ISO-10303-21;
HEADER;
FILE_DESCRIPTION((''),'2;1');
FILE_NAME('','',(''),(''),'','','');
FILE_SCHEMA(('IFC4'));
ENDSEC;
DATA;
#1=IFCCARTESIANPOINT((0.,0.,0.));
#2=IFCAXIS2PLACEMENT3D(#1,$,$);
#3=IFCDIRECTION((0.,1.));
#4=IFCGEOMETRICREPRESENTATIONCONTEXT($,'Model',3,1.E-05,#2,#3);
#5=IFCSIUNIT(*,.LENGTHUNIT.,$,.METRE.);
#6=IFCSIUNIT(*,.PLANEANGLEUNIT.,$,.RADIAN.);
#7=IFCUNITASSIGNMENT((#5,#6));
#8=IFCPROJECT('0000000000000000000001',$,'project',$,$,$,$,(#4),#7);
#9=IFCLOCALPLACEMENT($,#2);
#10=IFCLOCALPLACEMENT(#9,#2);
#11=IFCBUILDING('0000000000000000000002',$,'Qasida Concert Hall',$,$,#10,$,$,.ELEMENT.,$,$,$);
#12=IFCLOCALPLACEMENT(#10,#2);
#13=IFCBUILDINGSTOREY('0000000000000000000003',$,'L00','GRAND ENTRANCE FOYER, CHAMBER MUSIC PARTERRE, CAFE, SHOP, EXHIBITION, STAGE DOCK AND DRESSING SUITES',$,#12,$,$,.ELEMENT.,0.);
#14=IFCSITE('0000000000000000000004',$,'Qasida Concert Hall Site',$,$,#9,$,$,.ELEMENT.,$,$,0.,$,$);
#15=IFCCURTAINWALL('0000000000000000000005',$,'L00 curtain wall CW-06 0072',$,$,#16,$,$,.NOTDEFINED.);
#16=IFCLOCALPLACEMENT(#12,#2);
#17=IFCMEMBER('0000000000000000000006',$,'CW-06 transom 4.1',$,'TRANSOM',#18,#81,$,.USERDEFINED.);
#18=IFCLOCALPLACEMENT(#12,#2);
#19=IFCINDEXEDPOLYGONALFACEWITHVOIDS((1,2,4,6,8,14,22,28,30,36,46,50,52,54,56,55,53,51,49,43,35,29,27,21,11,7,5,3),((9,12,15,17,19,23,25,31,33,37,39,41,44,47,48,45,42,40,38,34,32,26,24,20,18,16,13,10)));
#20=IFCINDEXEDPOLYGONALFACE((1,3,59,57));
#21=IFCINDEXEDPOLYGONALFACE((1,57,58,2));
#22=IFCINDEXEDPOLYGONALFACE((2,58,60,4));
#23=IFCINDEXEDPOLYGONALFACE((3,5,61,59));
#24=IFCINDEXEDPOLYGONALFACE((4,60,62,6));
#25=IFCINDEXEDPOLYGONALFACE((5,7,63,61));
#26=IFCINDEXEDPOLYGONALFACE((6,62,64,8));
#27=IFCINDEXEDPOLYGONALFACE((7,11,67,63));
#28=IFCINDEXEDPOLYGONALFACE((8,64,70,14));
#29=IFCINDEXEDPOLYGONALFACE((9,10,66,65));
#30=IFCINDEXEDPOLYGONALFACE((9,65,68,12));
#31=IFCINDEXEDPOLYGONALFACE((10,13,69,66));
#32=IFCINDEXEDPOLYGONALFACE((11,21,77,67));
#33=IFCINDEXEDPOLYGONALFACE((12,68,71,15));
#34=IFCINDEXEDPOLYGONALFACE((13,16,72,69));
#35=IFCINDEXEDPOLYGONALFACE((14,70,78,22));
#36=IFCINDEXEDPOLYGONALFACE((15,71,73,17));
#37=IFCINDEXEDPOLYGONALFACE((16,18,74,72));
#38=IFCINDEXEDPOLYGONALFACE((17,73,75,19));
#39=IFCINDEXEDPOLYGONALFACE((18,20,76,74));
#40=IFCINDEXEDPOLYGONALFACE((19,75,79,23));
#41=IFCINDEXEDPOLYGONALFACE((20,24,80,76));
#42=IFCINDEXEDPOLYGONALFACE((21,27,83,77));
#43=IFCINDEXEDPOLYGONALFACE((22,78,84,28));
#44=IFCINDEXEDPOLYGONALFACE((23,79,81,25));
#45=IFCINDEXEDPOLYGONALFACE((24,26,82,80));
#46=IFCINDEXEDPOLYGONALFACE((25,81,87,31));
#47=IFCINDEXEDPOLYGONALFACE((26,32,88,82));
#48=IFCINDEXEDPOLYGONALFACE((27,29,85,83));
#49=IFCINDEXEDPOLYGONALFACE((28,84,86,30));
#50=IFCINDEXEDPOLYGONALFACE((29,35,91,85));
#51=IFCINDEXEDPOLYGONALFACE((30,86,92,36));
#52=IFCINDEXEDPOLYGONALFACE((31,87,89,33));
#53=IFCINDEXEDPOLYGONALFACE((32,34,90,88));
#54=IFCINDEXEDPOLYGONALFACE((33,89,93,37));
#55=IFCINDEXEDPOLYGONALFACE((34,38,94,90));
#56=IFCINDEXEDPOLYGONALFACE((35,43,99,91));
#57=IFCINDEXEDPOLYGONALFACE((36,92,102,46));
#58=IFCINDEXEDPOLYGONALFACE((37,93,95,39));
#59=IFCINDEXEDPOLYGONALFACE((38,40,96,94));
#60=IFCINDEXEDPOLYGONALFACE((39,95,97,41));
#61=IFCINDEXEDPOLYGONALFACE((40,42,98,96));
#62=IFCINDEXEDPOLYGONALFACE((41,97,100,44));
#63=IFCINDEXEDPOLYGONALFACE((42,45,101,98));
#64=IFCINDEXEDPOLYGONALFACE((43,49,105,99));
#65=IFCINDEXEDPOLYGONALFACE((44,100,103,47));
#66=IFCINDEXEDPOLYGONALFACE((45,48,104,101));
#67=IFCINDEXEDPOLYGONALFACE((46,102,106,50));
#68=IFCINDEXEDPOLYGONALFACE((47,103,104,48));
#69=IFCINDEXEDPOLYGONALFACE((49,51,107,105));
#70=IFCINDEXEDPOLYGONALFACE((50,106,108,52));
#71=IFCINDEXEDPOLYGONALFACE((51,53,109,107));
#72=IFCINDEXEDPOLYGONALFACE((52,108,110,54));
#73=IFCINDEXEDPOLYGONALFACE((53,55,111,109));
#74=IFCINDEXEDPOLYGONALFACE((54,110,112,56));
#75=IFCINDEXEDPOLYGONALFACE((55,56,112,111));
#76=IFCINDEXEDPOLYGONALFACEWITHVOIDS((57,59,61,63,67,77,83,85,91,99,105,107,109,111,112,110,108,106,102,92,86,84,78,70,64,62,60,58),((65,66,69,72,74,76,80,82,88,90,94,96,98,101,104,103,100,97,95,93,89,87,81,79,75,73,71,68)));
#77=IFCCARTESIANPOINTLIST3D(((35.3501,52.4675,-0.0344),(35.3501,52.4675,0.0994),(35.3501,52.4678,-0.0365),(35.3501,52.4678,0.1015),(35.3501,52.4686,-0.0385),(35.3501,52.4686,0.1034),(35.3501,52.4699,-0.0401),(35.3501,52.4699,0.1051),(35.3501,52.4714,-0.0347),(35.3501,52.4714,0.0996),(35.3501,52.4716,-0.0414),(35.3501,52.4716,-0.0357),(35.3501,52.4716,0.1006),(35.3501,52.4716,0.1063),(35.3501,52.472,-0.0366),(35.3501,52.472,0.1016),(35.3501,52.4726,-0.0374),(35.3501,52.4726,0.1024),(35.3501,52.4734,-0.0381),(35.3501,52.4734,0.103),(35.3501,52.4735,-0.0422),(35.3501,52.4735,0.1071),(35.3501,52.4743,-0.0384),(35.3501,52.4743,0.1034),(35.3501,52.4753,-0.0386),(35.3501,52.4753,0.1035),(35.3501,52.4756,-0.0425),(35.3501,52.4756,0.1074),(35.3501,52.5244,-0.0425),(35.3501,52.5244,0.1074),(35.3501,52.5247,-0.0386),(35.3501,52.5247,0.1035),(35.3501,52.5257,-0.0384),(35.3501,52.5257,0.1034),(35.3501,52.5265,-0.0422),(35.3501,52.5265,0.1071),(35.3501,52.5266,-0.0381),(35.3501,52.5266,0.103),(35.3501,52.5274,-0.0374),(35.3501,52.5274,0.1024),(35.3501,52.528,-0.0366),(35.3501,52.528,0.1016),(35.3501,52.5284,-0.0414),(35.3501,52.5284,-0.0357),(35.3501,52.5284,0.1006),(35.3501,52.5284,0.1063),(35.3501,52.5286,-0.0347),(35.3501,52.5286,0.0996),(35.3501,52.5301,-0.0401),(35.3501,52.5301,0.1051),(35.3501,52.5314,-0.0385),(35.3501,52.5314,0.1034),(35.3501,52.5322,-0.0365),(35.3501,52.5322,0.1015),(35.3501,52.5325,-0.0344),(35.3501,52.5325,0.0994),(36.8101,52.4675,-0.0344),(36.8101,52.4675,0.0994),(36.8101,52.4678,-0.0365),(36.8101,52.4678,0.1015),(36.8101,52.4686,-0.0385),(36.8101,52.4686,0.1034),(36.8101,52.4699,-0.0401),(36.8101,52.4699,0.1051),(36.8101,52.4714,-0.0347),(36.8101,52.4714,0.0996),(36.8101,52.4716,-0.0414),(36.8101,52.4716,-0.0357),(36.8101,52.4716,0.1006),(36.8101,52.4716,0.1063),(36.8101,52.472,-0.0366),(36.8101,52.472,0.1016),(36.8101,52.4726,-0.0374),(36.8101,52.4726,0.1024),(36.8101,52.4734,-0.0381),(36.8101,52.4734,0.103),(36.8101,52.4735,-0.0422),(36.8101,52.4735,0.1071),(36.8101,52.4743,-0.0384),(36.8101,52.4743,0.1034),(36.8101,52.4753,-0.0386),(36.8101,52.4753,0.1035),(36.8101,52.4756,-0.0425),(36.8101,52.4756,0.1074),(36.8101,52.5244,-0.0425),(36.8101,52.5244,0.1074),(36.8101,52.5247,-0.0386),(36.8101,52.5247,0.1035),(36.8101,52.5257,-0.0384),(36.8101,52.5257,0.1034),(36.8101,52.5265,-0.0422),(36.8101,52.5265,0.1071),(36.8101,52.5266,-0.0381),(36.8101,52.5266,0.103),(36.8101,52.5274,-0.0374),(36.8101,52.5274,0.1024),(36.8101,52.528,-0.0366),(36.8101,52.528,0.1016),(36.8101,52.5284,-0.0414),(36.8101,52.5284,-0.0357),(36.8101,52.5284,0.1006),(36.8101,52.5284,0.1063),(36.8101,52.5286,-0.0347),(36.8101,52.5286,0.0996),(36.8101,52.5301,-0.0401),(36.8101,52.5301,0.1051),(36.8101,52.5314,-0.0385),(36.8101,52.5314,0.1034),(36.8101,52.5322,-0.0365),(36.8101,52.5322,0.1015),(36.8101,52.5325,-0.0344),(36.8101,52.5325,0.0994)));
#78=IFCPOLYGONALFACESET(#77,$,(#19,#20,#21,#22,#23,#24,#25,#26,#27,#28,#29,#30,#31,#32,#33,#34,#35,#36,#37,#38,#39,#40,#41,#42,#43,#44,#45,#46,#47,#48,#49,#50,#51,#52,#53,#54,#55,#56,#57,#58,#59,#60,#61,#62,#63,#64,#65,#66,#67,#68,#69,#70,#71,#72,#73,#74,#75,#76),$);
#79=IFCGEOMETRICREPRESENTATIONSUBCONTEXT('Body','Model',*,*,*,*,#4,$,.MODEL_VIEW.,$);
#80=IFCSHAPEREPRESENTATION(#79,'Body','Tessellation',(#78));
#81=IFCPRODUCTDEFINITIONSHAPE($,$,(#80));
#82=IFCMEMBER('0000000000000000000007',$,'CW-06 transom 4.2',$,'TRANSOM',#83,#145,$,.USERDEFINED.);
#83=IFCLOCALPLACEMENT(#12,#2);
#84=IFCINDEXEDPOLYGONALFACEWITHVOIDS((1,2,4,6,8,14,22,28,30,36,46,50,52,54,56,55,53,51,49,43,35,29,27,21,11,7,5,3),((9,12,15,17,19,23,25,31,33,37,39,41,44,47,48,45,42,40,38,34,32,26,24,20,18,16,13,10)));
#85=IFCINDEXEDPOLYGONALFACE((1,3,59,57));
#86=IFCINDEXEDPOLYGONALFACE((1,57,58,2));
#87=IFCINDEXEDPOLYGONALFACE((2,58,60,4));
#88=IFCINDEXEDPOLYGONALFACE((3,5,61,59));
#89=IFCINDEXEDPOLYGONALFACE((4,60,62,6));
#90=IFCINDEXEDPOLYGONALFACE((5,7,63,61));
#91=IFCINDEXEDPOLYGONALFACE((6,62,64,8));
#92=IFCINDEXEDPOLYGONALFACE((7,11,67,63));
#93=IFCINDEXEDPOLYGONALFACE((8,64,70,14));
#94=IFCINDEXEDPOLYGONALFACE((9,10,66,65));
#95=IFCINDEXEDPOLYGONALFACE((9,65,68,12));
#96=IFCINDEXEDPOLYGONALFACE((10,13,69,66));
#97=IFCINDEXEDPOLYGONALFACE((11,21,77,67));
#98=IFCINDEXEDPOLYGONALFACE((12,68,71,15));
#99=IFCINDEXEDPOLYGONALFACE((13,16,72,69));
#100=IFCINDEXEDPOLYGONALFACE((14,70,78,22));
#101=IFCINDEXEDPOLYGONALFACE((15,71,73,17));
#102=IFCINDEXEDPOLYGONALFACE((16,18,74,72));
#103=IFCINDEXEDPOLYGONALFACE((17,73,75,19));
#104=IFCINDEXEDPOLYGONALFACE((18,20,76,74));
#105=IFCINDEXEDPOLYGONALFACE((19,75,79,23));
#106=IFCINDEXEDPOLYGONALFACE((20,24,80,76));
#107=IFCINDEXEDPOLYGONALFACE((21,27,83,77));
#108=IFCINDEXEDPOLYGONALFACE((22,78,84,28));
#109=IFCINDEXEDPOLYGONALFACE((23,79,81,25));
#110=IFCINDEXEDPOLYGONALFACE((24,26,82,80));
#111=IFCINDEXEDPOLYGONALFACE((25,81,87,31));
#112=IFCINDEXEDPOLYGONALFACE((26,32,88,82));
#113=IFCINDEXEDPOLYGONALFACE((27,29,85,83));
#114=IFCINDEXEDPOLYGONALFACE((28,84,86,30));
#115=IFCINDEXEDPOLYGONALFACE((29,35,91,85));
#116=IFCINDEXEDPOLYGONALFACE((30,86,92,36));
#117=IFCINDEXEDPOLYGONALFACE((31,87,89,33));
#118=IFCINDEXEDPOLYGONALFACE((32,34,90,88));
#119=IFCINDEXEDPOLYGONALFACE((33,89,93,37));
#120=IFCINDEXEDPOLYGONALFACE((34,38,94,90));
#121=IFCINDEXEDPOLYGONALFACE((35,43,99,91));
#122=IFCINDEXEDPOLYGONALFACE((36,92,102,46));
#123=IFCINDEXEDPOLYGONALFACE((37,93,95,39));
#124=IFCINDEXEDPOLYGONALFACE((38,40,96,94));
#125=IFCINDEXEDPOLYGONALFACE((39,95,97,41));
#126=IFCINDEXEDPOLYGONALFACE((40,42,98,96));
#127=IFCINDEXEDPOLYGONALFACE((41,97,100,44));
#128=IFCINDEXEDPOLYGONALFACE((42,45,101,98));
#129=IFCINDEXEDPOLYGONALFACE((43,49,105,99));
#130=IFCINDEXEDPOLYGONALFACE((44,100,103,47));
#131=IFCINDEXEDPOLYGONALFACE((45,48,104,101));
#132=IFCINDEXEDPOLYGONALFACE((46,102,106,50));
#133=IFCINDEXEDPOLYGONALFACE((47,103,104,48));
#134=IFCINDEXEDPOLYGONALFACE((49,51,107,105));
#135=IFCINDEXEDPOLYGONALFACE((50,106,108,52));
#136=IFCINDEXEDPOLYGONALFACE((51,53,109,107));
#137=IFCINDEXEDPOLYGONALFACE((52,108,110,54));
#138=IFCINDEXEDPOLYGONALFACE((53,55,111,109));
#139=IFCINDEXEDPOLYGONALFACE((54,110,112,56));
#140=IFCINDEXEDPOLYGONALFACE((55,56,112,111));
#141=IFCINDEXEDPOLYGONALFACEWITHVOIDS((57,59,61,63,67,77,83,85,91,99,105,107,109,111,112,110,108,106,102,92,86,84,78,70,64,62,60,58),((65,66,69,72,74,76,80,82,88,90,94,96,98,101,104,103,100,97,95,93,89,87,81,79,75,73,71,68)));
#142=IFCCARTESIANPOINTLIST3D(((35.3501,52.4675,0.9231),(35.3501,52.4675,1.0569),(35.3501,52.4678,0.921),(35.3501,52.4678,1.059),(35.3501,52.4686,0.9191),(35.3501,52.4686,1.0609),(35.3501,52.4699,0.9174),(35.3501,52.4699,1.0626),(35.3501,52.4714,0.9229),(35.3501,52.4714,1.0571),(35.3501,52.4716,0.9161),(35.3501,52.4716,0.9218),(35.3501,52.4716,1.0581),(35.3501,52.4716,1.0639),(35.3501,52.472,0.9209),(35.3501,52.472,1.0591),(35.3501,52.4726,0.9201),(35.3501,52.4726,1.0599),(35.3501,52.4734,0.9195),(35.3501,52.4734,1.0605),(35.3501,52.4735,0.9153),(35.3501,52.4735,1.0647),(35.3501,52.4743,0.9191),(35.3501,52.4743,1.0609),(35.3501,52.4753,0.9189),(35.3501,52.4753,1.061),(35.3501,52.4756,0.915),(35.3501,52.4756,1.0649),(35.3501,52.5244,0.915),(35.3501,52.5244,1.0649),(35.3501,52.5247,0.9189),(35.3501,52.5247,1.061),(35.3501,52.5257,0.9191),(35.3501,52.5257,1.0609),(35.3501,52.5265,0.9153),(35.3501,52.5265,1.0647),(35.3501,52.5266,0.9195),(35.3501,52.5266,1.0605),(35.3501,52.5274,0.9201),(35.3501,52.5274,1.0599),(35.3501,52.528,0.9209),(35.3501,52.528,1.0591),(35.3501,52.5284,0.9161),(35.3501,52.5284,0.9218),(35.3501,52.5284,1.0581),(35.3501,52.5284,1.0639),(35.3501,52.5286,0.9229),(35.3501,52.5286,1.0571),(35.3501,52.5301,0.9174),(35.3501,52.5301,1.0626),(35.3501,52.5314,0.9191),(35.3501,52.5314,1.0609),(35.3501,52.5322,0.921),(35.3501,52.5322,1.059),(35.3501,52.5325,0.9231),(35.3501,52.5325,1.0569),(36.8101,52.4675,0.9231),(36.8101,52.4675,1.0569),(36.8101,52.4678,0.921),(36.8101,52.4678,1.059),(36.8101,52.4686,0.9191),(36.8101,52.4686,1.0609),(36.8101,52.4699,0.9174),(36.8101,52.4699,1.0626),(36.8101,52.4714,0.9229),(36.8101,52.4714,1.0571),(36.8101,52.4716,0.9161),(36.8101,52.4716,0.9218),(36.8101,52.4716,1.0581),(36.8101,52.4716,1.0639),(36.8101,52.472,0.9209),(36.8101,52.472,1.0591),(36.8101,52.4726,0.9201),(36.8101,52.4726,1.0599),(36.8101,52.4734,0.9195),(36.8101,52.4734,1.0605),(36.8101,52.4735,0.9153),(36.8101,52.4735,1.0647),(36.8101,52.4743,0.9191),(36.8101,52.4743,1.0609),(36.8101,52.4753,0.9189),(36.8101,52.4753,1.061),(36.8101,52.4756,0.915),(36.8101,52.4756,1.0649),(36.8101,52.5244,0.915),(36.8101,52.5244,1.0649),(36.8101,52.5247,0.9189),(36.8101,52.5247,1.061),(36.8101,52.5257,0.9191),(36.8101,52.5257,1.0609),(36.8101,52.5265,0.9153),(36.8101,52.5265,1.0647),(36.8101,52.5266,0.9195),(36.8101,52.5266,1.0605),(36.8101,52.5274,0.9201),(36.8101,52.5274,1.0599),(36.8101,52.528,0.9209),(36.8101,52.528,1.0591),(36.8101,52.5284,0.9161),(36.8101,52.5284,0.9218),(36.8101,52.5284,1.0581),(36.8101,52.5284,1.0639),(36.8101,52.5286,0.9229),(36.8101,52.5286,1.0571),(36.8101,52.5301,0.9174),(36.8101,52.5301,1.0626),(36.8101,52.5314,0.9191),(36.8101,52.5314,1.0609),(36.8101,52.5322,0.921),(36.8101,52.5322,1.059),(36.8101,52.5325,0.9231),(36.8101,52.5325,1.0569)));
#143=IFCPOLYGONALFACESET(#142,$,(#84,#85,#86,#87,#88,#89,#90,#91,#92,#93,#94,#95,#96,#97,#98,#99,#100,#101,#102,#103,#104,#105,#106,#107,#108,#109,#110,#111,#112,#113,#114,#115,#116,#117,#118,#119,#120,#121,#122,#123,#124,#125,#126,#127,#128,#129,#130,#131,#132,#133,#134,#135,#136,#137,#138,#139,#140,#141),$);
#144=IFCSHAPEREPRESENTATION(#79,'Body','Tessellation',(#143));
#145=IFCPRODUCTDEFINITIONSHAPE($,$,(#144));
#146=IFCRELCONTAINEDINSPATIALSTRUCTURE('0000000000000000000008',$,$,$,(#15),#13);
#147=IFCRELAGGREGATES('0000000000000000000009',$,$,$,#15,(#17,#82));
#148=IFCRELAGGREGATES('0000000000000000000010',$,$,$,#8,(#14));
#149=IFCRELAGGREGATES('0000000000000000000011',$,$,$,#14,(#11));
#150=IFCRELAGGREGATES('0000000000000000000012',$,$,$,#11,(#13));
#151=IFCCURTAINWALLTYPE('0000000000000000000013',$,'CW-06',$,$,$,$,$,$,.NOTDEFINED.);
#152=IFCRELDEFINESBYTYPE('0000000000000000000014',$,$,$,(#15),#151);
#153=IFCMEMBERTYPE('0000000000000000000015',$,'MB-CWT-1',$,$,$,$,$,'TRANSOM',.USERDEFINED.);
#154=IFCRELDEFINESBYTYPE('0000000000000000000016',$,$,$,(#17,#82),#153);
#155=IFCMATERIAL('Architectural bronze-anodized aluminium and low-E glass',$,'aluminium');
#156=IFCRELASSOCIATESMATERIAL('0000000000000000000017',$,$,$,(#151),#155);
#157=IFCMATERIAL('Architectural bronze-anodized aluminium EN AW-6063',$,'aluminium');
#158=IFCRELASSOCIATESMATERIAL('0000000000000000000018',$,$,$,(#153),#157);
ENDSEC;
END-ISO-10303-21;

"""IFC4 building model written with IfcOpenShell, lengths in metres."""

from ifc_helpers import new_model, si_unit, direction, frame, origin, origin_2d, place, context, subcontext, project, spatial, hollow_rectangle, extrude, material, material_profile, profile_set, type_object, element, aggregate, save


model = new_model("IFC4")

# Units and contexts
model_context = context("Model", 3, precision=1e-05, world=origin(), true_north=direction((0.0, 1.0)))
body_context = subcontext(model_context, "Body", "Model", "MODEL_VIEW")
ifc_project = project(units=[si_unit("LENGTHUNIT", "METRE"), si_unit("PLANEANGLEUNIT", "RADIAN")], contexts=[model_context])

# Site, building, storey
site_placement = place(None, origin())
site = spatial("IfcSite", under=ifc_project, at=site_placement, Name="Qasida Concert Hall Site", CompositionType="ELEMENT", RefElevation=0.0)
building_placement = place(site_placement, origin())
building = spatial("IfcBuilding", under=site, at=building_placement, Name="Qasida Concert Hall", CompositionType="ELEMENT")
storey_placement = place(building_placement, origin())
storey = spatial("IfcBuildingStorey", under=building, at=storey_placement, Name="L00", Description="GRAND ENTRANCE FOYER, CHAMBER MUSIC PARTERRE, CAFE, SHOP, EXHIBITION, STAGE DOCK AND DRESSING SUITES", CompositionType="ELEMENT", Elevation=0.0)

# Curtain wall
ifc_material_1 = material(Name="Architectural bronze-anodized aluminium and low-E glass", Category="aluminium")
curtain_wall_type_1 = type_object("IfcCurtainWallType", Name="CW-06", PredefinedType="NOTDEFINED", material=ifc_material_1)
curtain_wall_1_placement = place(storey_placement, origin())
curtain_wall_1 = element("IfcCurtainWall", 1, at=curtain_wall_1_placement, inside=storey, type_object=curtain_wall_type_1, Name="L00 curtain wall CW-06 0072", PredefinedType="NOTDEFINED")
ifc_material_2 = material(Name="Architectural bronze-anodized aluminium EN AW-6063", Category="aluminium")

# Members
ifc_material_profile_1 = material_profile(ifc_material_2, hollow_rectangle(XDim=0.0649, YDim=0.1499, WallThickness=0.0039, InnerFilletRadius=0.0039, OuterFilletRadius=0.0081, at=origin_2d()), Name="CWT 150x65x4")
ifc_profile_set_1 = profile_set([ifc_material_profile_1], Name="Architectural bronze-anodized aluminium EN AW-6063")
member_type_1 = type_object("IfcMemberType", Name="MB-CWT-1", ElementType="TRANSOM", PredefinedType="USERDEFINED", material=ifc_profile_set_1)
member_1_placement = place(storey_placement, frame((35.3501, 52.5, 0.0325), z_axis=(1.0, 0.0, 0.0), x_axis=(0.0, 1.0, 0.0)))
member_1 = element("IfcMember", 2, at=member_1_placement, type_object=member_type_1, Name="CW-06 transom 4.1", ObjectType="TRANSOM", PredefinedType="USERDEFINED", context=body_context, shape_type="SweptSolid", body=[
    extrude(hollow_rectangle(XDim=0.0649, YDim=0.1499, WallThickness=0.0039, InnerFilletRadius=0.0039, OuterFilletRadius=0.0081, at=origin_2d()), origin(), (0.0, 0.0, 1.0), 1.46),
])
member_2_placement = place(storey_placement, frame((35.3501, 52.5, 0.99), z_axis=(1.0, 0.0, 0.0), x_axis=(0.0, 1.0, 0.0)))
member_2 = element("IfcMember", 3, at=member_2_placement, type_object=member_type_1, Name="CW-06 transom 4.2", ObjectType="TRANSOM", PredefinedType="USERDEFINED", context=body_context, shape_type="SweptSolid", body=[
    extrude(hollow_rectangle(XDim=0.0649, YDim=0.1499, WallThickness=0.0039, InnerFilletRadius=0.0039, OuterFilletRadius=0.0081, at=origin_2d()), origin(), (0.0, 0.0, 1.0), 1.46),
])

aggregate(curtain_wall_1, [member_1, member_2])

save(model, "model.ifc")
